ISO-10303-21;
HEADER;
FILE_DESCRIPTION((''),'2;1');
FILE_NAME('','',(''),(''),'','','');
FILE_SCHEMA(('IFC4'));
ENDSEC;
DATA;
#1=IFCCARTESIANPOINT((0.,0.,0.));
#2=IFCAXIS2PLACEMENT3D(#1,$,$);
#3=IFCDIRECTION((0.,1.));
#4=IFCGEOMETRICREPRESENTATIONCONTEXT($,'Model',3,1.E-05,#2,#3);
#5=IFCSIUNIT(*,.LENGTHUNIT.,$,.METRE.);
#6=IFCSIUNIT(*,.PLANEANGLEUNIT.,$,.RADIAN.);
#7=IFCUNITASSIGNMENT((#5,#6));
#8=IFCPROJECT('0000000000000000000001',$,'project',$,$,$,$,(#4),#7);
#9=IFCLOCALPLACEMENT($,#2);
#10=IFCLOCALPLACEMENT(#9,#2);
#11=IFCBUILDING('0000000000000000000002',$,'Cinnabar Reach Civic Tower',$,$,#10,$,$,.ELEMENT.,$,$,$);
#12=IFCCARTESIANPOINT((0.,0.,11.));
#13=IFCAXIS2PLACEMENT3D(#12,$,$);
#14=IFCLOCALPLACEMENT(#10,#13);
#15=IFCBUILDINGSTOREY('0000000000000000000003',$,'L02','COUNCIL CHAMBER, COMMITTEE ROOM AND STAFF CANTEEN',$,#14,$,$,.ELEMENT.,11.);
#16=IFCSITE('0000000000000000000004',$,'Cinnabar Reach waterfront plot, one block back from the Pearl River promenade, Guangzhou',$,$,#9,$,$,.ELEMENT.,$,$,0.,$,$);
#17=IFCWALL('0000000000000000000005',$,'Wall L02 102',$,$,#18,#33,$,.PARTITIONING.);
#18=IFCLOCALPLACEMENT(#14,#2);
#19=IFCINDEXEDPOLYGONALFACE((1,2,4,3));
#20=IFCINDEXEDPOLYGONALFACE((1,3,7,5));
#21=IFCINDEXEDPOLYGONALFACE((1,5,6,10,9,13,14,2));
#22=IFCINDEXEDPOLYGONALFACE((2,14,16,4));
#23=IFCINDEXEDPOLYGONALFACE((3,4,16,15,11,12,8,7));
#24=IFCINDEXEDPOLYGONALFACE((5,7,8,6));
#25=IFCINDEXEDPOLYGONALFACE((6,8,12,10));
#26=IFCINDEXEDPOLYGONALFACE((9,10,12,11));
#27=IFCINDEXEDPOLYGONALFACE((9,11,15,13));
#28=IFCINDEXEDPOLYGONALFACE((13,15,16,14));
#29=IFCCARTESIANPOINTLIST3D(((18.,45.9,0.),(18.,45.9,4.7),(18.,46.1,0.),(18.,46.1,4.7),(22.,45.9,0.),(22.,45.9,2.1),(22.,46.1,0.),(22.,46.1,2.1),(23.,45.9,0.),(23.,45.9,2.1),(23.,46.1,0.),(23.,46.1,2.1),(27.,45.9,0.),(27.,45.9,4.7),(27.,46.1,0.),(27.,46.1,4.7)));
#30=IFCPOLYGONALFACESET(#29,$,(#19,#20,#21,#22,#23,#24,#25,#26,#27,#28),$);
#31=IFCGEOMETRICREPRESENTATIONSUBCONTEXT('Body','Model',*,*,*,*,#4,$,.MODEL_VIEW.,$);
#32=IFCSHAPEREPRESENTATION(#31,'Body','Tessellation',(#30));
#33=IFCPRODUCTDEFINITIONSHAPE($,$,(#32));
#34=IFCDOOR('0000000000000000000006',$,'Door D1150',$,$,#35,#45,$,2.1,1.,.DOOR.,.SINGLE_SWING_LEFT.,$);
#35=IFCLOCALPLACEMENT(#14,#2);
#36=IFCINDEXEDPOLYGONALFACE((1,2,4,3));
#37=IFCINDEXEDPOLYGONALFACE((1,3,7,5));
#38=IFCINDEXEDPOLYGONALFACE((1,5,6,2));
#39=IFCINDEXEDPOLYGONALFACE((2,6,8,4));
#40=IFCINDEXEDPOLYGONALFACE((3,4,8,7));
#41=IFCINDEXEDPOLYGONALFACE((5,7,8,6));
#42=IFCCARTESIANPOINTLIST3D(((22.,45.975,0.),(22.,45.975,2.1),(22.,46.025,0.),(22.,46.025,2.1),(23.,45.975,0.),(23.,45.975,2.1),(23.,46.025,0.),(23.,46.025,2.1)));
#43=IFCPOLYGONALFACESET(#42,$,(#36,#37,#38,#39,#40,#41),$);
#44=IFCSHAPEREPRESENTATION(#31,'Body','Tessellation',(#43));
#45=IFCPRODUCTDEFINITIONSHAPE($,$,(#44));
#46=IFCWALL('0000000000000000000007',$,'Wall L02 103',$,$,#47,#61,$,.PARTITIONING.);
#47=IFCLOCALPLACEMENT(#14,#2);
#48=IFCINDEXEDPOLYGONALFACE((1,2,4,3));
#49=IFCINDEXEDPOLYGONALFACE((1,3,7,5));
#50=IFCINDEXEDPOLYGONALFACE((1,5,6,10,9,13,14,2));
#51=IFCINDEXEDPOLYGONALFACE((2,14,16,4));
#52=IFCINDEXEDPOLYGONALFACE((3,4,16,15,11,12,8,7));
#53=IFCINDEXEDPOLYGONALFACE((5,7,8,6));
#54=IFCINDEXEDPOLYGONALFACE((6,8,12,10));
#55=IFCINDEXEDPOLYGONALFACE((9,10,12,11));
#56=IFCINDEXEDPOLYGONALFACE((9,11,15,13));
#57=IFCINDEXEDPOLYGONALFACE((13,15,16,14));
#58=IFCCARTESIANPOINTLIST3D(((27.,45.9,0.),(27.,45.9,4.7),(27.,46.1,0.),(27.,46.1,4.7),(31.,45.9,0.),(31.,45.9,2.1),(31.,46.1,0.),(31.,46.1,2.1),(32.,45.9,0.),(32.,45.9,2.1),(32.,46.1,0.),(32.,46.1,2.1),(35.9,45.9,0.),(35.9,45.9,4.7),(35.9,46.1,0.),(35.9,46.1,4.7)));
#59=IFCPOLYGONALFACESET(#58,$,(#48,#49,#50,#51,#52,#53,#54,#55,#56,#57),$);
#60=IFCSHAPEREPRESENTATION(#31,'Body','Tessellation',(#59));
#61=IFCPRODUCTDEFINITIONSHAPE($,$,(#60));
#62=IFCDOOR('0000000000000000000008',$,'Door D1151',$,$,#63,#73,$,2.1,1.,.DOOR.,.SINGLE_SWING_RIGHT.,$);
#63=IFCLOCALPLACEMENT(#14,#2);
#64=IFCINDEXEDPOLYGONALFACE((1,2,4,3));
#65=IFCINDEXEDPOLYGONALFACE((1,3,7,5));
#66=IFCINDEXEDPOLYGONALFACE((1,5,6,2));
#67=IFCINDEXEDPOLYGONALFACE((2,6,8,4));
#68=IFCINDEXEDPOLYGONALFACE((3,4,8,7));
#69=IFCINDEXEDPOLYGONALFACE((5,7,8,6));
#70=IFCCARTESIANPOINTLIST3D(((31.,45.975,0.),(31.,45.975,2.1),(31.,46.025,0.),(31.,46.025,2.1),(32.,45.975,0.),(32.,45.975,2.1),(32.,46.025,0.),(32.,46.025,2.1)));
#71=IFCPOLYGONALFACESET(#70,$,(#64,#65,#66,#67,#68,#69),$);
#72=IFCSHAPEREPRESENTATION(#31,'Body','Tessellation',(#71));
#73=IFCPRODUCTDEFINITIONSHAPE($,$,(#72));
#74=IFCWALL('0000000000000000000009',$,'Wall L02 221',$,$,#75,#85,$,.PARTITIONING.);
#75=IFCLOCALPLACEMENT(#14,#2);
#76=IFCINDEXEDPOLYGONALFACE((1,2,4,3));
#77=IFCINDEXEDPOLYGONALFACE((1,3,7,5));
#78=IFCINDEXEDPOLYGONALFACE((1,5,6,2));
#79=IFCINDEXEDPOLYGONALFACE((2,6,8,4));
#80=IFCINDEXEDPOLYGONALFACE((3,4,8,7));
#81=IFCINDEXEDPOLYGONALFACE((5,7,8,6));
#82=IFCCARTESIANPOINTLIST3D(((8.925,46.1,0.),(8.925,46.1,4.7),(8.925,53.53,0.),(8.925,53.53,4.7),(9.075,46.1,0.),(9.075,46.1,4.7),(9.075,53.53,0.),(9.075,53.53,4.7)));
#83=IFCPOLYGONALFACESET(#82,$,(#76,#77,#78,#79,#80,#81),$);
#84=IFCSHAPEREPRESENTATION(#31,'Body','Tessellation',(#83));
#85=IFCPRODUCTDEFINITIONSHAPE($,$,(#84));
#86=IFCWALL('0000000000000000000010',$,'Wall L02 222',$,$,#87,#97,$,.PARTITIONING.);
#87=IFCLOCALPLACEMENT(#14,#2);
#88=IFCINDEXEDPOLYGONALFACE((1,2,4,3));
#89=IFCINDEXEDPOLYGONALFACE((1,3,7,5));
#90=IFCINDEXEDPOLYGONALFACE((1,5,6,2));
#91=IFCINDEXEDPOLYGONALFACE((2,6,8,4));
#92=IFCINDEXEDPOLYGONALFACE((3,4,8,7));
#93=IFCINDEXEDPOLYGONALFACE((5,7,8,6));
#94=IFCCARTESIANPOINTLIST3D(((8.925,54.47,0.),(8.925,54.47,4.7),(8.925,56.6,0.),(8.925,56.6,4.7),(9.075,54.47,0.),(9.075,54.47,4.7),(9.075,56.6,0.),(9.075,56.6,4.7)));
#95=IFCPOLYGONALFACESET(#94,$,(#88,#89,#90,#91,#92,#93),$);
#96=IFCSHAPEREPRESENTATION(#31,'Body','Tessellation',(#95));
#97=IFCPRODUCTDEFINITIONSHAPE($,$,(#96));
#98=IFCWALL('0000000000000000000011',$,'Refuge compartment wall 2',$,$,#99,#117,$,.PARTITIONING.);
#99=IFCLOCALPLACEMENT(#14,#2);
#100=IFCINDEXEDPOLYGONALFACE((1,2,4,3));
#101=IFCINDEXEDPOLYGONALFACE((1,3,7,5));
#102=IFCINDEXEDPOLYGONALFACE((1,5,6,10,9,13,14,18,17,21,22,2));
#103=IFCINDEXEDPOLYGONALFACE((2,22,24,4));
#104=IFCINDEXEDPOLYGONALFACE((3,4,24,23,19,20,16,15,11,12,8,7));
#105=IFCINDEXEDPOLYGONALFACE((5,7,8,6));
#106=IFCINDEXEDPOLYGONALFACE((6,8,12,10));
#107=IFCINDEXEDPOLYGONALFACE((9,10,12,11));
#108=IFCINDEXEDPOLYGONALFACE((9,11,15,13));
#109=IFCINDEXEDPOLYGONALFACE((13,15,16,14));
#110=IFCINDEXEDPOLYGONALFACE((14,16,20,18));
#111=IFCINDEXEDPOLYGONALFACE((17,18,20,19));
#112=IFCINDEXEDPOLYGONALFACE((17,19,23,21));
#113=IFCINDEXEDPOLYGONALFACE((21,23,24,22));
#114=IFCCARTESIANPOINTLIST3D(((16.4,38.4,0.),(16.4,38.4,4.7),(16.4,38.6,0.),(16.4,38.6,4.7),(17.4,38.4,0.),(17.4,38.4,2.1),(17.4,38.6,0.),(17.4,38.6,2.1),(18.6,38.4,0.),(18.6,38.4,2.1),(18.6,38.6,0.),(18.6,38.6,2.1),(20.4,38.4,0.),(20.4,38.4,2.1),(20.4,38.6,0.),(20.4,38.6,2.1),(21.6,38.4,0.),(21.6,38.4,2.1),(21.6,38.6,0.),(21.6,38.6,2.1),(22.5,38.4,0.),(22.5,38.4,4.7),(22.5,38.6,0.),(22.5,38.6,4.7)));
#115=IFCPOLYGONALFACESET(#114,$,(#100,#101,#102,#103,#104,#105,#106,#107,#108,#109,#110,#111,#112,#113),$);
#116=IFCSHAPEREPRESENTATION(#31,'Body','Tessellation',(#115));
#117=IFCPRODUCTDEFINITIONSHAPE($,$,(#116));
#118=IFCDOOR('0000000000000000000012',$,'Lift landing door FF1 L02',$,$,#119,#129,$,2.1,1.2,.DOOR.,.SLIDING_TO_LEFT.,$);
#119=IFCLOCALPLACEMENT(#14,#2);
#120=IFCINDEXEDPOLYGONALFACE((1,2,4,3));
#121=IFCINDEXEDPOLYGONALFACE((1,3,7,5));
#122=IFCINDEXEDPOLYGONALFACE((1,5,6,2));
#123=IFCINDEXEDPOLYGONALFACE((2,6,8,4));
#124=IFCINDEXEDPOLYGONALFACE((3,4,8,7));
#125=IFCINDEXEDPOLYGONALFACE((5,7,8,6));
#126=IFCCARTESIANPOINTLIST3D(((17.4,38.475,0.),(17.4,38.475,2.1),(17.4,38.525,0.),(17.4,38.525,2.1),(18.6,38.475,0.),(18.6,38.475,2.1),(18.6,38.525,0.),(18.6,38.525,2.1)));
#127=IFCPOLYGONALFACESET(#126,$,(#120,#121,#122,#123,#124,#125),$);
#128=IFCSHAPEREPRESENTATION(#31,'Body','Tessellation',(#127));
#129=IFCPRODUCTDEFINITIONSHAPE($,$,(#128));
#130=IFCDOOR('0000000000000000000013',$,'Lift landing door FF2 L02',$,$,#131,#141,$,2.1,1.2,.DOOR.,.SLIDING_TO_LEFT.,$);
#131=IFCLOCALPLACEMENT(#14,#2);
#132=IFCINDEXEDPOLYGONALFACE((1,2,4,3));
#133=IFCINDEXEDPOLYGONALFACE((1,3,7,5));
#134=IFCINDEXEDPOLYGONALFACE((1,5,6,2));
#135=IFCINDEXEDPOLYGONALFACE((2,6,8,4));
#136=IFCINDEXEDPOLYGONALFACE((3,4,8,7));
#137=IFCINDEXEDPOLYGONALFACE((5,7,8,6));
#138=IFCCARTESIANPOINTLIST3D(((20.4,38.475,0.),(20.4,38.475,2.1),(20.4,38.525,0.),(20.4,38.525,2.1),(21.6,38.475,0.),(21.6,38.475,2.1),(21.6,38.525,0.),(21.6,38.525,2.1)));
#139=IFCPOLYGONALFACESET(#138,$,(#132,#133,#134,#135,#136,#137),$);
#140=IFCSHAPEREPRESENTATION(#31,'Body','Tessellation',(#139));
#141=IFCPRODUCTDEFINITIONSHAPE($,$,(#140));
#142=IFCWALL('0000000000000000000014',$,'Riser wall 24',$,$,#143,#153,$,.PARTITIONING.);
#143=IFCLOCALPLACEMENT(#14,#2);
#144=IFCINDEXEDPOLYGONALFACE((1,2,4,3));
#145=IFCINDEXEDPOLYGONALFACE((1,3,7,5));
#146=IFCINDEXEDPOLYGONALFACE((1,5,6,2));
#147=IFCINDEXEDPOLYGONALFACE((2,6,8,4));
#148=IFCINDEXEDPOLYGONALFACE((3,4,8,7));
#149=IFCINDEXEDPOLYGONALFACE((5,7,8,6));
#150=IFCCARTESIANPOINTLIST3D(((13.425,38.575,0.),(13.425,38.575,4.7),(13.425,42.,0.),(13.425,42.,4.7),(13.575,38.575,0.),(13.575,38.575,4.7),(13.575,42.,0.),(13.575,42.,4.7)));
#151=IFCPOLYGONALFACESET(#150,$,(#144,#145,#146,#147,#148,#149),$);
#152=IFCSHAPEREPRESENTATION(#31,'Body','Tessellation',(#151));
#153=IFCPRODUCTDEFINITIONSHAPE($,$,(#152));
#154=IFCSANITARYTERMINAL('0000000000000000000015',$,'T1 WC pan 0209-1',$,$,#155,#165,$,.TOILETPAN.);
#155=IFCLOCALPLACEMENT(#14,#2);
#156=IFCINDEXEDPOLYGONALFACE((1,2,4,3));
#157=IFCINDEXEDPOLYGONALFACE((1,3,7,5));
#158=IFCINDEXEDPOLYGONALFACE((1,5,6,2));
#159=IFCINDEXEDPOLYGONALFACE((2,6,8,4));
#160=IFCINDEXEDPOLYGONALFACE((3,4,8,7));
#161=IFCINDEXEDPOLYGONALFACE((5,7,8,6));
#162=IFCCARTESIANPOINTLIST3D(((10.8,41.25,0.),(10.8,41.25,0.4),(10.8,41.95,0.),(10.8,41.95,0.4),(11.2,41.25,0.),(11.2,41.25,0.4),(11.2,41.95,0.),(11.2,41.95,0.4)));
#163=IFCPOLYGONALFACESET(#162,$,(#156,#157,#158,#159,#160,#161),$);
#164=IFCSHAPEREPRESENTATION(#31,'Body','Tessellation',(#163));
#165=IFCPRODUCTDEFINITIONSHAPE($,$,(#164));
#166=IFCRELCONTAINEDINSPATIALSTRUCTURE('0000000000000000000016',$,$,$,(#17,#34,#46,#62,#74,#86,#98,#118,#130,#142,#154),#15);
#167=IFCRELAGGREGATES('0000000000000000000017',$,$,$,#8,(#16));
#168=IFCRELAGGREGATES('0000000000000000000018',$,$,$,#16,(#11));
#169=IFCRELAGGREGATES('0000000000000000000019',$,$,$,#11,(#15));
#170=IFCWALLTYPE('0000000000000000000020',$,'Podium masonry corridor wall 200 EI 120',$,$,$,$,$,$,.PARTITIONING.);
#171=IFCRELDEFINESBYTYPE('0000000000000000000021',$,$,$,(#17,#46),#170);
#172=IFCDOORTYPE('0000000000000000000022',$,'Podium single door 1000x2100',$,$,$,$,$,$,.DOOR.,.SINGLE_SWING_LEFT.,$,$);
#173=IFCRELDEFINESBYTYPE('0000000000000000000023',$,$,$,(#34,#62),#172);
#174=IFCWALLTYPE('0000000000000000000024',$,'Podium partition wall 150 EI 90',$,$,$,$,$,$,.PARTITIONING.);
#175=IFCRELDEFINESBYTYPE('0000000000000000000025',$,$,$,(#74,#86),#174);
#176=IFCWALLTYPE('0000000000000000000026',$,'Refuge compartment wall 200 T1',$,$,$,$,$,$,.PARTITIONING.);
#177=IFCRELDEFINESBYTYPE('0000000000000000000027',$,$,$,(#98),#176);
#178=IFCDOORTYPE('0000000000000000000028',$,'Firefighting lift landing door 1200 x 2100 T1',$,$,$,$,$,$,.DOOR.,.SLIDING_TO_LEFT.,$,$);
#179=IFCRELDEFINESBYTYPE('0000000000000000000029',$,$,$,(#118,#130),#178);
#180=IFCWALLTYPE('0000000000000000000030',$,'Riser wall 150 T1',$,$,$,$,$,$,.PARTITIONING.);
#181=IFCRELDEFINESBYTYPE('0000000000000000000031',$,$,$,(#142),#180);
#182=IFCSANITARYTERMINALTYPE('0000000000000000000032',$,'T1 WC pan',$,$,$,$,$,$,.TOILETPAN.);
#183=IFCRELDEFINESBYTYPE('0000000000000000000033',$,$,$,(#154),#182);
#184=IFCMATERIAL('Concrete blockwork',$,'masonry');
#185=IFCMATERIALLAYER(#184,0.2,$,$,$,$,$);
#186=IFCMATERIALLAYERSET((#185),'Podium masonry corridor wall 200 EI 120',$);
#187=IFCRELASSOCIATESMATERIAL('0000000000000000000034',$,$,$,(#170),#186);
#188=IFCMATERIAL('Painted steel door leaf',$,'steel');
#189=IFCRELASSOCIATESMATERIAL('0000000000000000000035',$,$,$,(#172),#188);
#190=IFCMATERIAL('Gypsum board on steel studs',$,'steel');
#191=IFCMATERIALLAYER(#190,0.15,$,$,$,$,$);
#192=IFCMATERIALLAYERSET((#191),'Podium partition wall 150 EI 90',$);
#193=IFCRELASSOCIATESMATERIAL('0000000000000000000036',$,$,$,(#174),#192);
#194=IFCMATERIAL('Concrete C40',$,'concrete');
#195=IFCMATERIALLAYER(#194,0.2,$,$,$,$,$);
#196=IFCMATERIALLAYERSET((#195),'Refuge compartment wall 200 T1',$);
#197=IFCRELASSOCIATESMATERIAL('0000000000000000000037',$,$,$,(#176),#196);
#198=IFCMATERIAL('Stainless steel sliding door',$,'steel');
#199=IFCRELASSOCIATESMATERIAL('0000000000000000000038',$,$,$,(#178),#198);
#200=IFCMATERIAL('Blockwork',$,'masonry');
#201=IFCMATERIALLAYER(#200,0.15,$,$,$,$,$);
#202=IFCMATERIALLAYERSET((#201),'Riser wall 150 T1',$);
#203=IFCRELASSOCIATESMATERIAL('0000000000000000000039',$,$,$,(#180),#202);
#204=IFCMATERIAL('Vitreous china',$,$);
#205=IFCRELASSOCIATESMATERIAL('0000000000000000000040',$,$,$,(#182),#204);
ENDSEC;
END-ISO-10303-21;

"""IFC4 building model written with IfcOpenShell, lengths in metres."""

from ifc_helpers import new_model, si_unit, direction, frame, frame_2d, origin, origin_2d, place, context, subcontext, project, spatial, rectangle, extrude, material, layer, layer_set, type_object, element, fill, save


model = new_model("IFC4")

# Units and contexts
model_context = context("Model", 3, precision=1e-05, world=origin(), true_north=direction((0.0, 1.0)))
body_context = subcontext(model_context, "Body", "Model", "MODEL_VIEW")
ifc_project = project(units=[si_unit("LENGTHUNIT", "METRE"), si_unit("PLANEANGLEUNIT", "RADIAN")], contexts=[model_context])

# Site, building, storey
site_placement = place(None, origin())
site = spatial("IfcSite", under=ifc_project, at=site_placement, Name="Cinnabar Reach waterfront plot, one block back from the Pearl River promenade, Guangzhou", CompositionType="ELEMENT", RefElevation=0.0)
building_placement = place(site_placement, origin())
building = spatial("IfcBuilding", under=site, at=building_placement, Name="Cinnabar Reach Civic Tower", CompositionType="ELEMENT")
storey_placement = place(building_placement, frame((0.0, 0.0, 11.0)))
storey = spatial("IfcBuildingStorey", under=building, at=storey_placement, Name="L02", Description="COUNCIL CHAMBER, COMMITTEE ROOM AND STAFF CANTEEN", CompositionType="ELEMENT", Elevation=11.0)

# Shared definitions
ifc_material_1 = material(Name="Blockwork", Category="masonry")
ifc_material_2 = material(Name="Gypsum board on steel studs", Category="steel")
ifc_material_3 = material(Name="Concrete blockwork", Category="masonry")
ifc_layer_1 = layer(ifc_material_3, 0.2)
ifc_layer_set_1 = layer_set([ifc_layer_1], Name="Podium masonry corridor wall 200 EI 120")
wall_type_1 = type_object("IfcWallType", Name="Podium masonry corridor wall 200 EI 120", PredefinedType="PARTITIONING", material=ifc_layer_set_1)

# Walls, openings, doors
ifc_material_4 = material(Name="Painted steel door leaf", Category="steel")
door_type_1 = type_object("IfcDoorType", Name="Podium single door 1000x2100", OperationType="SINGLE_SWING_LEFT", PredefinedType="DOOR", material=ifc_material_4)
wall_1_placement = place(storey_placement, frame((18.0, 46.0, 0.0), z_axis=(0.0, 0.0, 1.0), x_axis=(1.0, 0.0, 0.0)))
wall_1 = element("IfcWall", 1, at=wall_1_placement, inside=storey, type_object=wall_type_1, Name="Wall L02 102", PredefinedType="PARTITIONING", context=body_context, shape_type="SweptSolid", body=[
    extrude(rectangle(XDim=9.0, YDim=0.2, at=frame_2d((4.5, 0.0))), origin(), (0.0, 0.0, 1.0), 4.7),
])
opening_1_placement = place(wall_1_placement, frame((4.0, 0.0, 0.0)))
opening_1 = element("IfcOpeningElement", 2, at=opening_1_placement, cuts=wall_1, PredefinedType="OPENING", context=body_context, shape_type="SweptSolid", body=[
    extrude(rectangle(XDim=1.0, YDim=2.1, at=frame_2d((0.5, 1.05))), frame((0.0, 0.11, 0.0), z_axis=(0.0, -1.0, 0.0), x_axis=(1.0, 0.0, 0.0)), (0.0, 0.0, 1.0), 0.22),
])
door_1_placement = place(opening_1_placement, frame((1.0, 0.0, 0.0), z_axis=(0.0, 0.0, 1.0), x_axis=(-1.0, 0.0, 0.0)))
door_1 = element("IfcDoor", 3, at=door_1_placement, inside=storey, type_object=door_type_1, Name="Door D1150", OperationType="SINGLE_SWING_LEFT", OverallHeight=2.1, OverallWidth=1.0, PredefinedType="DOOR", context=body_context, shape_type="SweptSolid", body=[
    extrude(rectangle(XDim=1.0, YDim=2.1, at=frame_2d((0.5, 1.05))), frame((0.0, 0.025, 0.0), z_axis=(0.0, -1.0, 0.0), x_axis=(1.0, 0.0, 0.0)), (0.0, 0.0, 1.0), 0.05),
])
fill(opening_1, door_1)
wall_2_placement = place(storey_placement, frame((27.0, 46.0, 0.0), z_axis=(0.0, 0.0, 1.0), x_axis=(1.0, 0.0, 0.0)))
wall_2 = element("IfcWall", 4, at=wall_2_placement, inside=storey, type_object=wall_type_1, Name="Wall L02 103", PredefinedType="PARTITIONING", context=body_context, shape_type="SweptSolid", body=[
    extrude(rectangle(XDim=8.9, YDim=0.2, at=frame_2d((4.45, 0.0))), origin(), (0.0, 0.0, 1.0), 4.7),
])
opening_2_placement = place(wall_2_placement, frame((4.0, 0.0, 0.0)))
opening_2 = element("IfcOpeningElement", 5, at=opening_2_placement, cuts=wall_2, PredefinedType="OPENING", context=body_context, shape_type="SweptSolid", body=[
    extrude(rectangle(XDim=1.0, YDim=2.1, at=frame_2d((0.5, 1.05))), frame((0.0, 0.11, 0.0), z_axis=(0.0, -1.0, 0.0), x_axis=(1.0, 0.0, 0.0)), (0.0, 0.0, 1.0), 0.22),
])
door_2_placement = place(opening_2_placement, frame((1.0, 0.0, 0.0), z_axis=(0.0, 0.0, 1.0), x_axis=(-1.0, 0.0, 0.0)))
door_2 = element("IfcDoor", 6, at=door_2_placement, inside=storey, type_object=door_type_1, Name="Door D1151", OperationType="SINGLE_SWING_RIGHT", OverallHeight=2.1, OverallWidth=1.0, PredefinedType="DOOR", context=body_context, shape_type="SweptSolid", body=[
    extrude(rectangle(XDim=1.0, YDim=2.1, at=frame_2d((0.5, 1.05))), frame((0.0, 0.025, 0.0), z_axis=(0.0, -1.0, 0.0), x_axis=(1.0, 0.0, 0.0)), (0.0, 0.0, 1.0), 0.05),
])
fill(opening_2, door_2)

# Walls
ifc_layer_2 = layer(ifc_material_2, 0.15)
ifc_layer_set_2 = layer_set([ifc_layer_2], Name="Podium partition wall 150 EI 90")
wall_type_2 = type_object("IfcWallType", Name="Podium partition wall 150 EI 90", PredefinedType="PARTITIONING", material=ifc_layer_set_2)
wall_3_placement = place(storey_placement, frame((9.0, 46.1, 0.0), z_axis=(0.0, 0.0, 1.0), x_axis=(0.0, 1.0, 0.0)))
element("IfcWall", 7, at=wall_3_placement, inside=storey, type_object=wall_type_2, Name="Wall L02 221", PredefinedType="PARTITIONING", context=body_context, shape_type="SweptSolid", body=[
    extrude(rectangle(XDim=7.43, YDim=0.15, at=frame_2d((3.715, 0.0))), origin(), (0.0, 0.0, 1.0), 4.7),
])
wall_4_placement = place(storey_placement, frame((9.0, 54.47, 0.0), z_axis=(0.0, 0.0, 1.0), x_axis=(0.0, 1.0, 0.0)))
element("IfcWall", 8, at=wall_4_placement, inside=storey, type_object=wall_type_2, Name="Wall L02 222", PredefinedType="PARTITIONING", context=body_context, shape_type="SweptSolid", body=[
    extrude(rectangle(XDim=2.13, YDim=0.15, at=frame_2d((1.065, 0.0))), origin(), (0.0, 0.0, 1.0), 4.7),
])

# Wall, openings, doors
ifc_material_5 = material(Name="Concrete C40", Category="concrete")
ifc_layer_3 = layer(ifc_material_5, 0.2)
ifc_layer_set_3 = layer_set([ifc_layer_3], Name="Refuge compartment wall 200 T1")
wall_type_3 = type_object("IfcWallType", Name="Refuge compartment wall 200 T1", PredefinedType="PARTITIONING", material=ifc_layer_set_3)
wall_5_placement = place(storey_placement, frame((16.4, 38.5, 0.0), z_axis=(0.0, 0.0, 1.0), x_axis=(1.0, 0.0, 0.0)))
wall_5 = element("IfcWall", 9, at=wall_5_placement, inside=storey, type_object=wall_type_3, Name="Refuge compartment wall 2", PredefinedType="PARTITIONING", context=body_context, shape_type="SweptSolid", body=[
    extrude(rectangle(XDim=6.1, YDim=0.2, at=frame_2d((3.05, 0.0))), origin(), (0.0, 0.0, 1.0), 4.7),
])
opening_3_placement = place(wall_5_placement, frame((1.0, 0.0, 0.0)))
opening_3 = element("IfcOpeningElement", 10, at=opening_3_placement, cuts=wall_5, PredefinedType="OPENING", context=body_context, shape_type="SweptSolid", body=[
    extrude(rectangle(XDim=1.2, YDim=2.1, at=frame_2d((0.6, 1.05))), frame((0.0, 0.11, 0.0), z_axis=(0.0, -1.0, 0.0), x_axis=(1.0, 0.0, 0.0)), (0.0, 0.0, 1.0), 0.22),
])
opening_4_placement = place(wall_5_placement, frame((4.0, 0.0, 0.0)))
opening_4 = element("IfcOpeningElement", 11, at=opening_4_placement, cuts=wall_5, PredefinedType="OPENING", context=body_context, shape_type="SweptSolid", body=[
    extrude(rectangle(XDim=1.2, YDim=2.1, at=frame_2d((0.6, 1.05))), frame((0.0, 0.11, 0.0), z_axis=(0.0, -1.0, 0.0), x_axis=(1.0, 0.0, 0.0)), (0.0, 0.0, 1.0), 0.22),
])
ifc_material_6 = material(Name="Stainless steel sliding door", Category="steel")
door_type_2 = type_object("IfcDoorType", Name="Firefighting lift landing door 1200 x 2100 T1", OperationType="SLIDING_TO_LEFT", PredefinedType="DOOR", material=ifc_material_6)
door_3_placement = place(opening_3_placement, origin())
door_3 = element("IfcDoor", 12, at=door_3_placement, inside=storey, type_object=door_type_2, Name="Lift landing door FF1 L02", OperationType="SLIDING_TO_LEFT", OverallHeight=2.1, OverallWidth=1.2, PredefinedType="DOOR", context=body_context, shape_type="SweptSolid", body=[
    extrude(rectangle(XDim=1.2, YDim=2.1, at=frame_2d((0.6, 1.05))), frame((0.0, 0.025, 0.0), z_axis=(0.0, -1.0, 0.0), x_axis=(1.0, 0.0, 0.0)), (0.0, 0.0, 1.0), 0.05),
])
fill(opening_3, door_3)
door_4_placement = place(opening_4_placement, origin())
door_4 = element("IfcDoor", 13, at=door_4_placement, inside=storey, type_object=door_type_2, Name="Lift landing door FF2 L02", OperationType="SLIDING_TO_LEFT", OverallHeight=2.1, OverallWidth=1.2, PredefinedType="DOOR", context=body_context, shape_type="SweptSolid", body=[
    extrude(rectangle(XDim=1.2, YDim=2.1, at=frame_2d((0.6, 1.05))), frame((0.0, 0.025, 0.0), z_axis=(0.0, -1.0, 0.0), x_axis=(1.0, 0.0, 0.0)), (0.0, 0.0, 1.0), 0.05),
])
fill(opening_4, door_4)

# Wall
ifc_layer_4 = layer(ifc_material_1, 0.15)
ifc_layer_set_4 = layer_set([ifc_layer_4], Name="Riser wall 150 T1")
wall_type_4 = type_object("IfcWallType", Name="Riser wall 150 T1", PredefinedType="PARTITIONING", material=ifc_layer_set_4)
wall_6_placement = place(storey_placement, frame((13.5, 38.575, 0.0), z_axis=(0.0, 0.0, 1.0), x_axis=(0.0, 1.0, 0.0)))
element("IfcWall", 14, at=wall_6_placement, inside=storey, type_object=wall_type_4, Name="Riser wall 24", PredefinedType="PARTITIONING", context=body_context, shape_type="SweptSolid", body=[
    extrude(rectangle(XDim=3.425, YDim=0.15, at=frame_2d((1.7125, 0.0))), origin(), (0.0, 0.0, 1.0), 4.7),
])

# Sanitary terminal
ifc_material_7 = material(Name="Vitreous china")
sanitary_terminal_type_1 = type_object("IfcSanitaryTerminalType", Name="T1 WC pan", PredefinedType="TOILETPAN", material=ifc_material_7)
for number, where, z_axis, x_axis, name in (
    (15, (11.0, 41.6, 0.0), (0.0, 0.0, 1.0), (1.0, 0.0, 0.0), "T1 WC pan 0209-1"),
):
    element("IfcSanitaryTerminal", number, at=place(storey_placement, frame(where, z_axis=z_axis, x_axis=x_axis)), inside=storey, type_object=sanitary_terminal_type_1, Name=name, PredefinedType="TOILETPAN", context=body_context, shape_type="SweptSolid", body=[
        extrude(rectangle(XDim=0.4, YDim=0.7, at=origin_2d()), origin(), (0.0, 0.0, 1.0), 0.4),
    ])

save(model, "model.ifc")
